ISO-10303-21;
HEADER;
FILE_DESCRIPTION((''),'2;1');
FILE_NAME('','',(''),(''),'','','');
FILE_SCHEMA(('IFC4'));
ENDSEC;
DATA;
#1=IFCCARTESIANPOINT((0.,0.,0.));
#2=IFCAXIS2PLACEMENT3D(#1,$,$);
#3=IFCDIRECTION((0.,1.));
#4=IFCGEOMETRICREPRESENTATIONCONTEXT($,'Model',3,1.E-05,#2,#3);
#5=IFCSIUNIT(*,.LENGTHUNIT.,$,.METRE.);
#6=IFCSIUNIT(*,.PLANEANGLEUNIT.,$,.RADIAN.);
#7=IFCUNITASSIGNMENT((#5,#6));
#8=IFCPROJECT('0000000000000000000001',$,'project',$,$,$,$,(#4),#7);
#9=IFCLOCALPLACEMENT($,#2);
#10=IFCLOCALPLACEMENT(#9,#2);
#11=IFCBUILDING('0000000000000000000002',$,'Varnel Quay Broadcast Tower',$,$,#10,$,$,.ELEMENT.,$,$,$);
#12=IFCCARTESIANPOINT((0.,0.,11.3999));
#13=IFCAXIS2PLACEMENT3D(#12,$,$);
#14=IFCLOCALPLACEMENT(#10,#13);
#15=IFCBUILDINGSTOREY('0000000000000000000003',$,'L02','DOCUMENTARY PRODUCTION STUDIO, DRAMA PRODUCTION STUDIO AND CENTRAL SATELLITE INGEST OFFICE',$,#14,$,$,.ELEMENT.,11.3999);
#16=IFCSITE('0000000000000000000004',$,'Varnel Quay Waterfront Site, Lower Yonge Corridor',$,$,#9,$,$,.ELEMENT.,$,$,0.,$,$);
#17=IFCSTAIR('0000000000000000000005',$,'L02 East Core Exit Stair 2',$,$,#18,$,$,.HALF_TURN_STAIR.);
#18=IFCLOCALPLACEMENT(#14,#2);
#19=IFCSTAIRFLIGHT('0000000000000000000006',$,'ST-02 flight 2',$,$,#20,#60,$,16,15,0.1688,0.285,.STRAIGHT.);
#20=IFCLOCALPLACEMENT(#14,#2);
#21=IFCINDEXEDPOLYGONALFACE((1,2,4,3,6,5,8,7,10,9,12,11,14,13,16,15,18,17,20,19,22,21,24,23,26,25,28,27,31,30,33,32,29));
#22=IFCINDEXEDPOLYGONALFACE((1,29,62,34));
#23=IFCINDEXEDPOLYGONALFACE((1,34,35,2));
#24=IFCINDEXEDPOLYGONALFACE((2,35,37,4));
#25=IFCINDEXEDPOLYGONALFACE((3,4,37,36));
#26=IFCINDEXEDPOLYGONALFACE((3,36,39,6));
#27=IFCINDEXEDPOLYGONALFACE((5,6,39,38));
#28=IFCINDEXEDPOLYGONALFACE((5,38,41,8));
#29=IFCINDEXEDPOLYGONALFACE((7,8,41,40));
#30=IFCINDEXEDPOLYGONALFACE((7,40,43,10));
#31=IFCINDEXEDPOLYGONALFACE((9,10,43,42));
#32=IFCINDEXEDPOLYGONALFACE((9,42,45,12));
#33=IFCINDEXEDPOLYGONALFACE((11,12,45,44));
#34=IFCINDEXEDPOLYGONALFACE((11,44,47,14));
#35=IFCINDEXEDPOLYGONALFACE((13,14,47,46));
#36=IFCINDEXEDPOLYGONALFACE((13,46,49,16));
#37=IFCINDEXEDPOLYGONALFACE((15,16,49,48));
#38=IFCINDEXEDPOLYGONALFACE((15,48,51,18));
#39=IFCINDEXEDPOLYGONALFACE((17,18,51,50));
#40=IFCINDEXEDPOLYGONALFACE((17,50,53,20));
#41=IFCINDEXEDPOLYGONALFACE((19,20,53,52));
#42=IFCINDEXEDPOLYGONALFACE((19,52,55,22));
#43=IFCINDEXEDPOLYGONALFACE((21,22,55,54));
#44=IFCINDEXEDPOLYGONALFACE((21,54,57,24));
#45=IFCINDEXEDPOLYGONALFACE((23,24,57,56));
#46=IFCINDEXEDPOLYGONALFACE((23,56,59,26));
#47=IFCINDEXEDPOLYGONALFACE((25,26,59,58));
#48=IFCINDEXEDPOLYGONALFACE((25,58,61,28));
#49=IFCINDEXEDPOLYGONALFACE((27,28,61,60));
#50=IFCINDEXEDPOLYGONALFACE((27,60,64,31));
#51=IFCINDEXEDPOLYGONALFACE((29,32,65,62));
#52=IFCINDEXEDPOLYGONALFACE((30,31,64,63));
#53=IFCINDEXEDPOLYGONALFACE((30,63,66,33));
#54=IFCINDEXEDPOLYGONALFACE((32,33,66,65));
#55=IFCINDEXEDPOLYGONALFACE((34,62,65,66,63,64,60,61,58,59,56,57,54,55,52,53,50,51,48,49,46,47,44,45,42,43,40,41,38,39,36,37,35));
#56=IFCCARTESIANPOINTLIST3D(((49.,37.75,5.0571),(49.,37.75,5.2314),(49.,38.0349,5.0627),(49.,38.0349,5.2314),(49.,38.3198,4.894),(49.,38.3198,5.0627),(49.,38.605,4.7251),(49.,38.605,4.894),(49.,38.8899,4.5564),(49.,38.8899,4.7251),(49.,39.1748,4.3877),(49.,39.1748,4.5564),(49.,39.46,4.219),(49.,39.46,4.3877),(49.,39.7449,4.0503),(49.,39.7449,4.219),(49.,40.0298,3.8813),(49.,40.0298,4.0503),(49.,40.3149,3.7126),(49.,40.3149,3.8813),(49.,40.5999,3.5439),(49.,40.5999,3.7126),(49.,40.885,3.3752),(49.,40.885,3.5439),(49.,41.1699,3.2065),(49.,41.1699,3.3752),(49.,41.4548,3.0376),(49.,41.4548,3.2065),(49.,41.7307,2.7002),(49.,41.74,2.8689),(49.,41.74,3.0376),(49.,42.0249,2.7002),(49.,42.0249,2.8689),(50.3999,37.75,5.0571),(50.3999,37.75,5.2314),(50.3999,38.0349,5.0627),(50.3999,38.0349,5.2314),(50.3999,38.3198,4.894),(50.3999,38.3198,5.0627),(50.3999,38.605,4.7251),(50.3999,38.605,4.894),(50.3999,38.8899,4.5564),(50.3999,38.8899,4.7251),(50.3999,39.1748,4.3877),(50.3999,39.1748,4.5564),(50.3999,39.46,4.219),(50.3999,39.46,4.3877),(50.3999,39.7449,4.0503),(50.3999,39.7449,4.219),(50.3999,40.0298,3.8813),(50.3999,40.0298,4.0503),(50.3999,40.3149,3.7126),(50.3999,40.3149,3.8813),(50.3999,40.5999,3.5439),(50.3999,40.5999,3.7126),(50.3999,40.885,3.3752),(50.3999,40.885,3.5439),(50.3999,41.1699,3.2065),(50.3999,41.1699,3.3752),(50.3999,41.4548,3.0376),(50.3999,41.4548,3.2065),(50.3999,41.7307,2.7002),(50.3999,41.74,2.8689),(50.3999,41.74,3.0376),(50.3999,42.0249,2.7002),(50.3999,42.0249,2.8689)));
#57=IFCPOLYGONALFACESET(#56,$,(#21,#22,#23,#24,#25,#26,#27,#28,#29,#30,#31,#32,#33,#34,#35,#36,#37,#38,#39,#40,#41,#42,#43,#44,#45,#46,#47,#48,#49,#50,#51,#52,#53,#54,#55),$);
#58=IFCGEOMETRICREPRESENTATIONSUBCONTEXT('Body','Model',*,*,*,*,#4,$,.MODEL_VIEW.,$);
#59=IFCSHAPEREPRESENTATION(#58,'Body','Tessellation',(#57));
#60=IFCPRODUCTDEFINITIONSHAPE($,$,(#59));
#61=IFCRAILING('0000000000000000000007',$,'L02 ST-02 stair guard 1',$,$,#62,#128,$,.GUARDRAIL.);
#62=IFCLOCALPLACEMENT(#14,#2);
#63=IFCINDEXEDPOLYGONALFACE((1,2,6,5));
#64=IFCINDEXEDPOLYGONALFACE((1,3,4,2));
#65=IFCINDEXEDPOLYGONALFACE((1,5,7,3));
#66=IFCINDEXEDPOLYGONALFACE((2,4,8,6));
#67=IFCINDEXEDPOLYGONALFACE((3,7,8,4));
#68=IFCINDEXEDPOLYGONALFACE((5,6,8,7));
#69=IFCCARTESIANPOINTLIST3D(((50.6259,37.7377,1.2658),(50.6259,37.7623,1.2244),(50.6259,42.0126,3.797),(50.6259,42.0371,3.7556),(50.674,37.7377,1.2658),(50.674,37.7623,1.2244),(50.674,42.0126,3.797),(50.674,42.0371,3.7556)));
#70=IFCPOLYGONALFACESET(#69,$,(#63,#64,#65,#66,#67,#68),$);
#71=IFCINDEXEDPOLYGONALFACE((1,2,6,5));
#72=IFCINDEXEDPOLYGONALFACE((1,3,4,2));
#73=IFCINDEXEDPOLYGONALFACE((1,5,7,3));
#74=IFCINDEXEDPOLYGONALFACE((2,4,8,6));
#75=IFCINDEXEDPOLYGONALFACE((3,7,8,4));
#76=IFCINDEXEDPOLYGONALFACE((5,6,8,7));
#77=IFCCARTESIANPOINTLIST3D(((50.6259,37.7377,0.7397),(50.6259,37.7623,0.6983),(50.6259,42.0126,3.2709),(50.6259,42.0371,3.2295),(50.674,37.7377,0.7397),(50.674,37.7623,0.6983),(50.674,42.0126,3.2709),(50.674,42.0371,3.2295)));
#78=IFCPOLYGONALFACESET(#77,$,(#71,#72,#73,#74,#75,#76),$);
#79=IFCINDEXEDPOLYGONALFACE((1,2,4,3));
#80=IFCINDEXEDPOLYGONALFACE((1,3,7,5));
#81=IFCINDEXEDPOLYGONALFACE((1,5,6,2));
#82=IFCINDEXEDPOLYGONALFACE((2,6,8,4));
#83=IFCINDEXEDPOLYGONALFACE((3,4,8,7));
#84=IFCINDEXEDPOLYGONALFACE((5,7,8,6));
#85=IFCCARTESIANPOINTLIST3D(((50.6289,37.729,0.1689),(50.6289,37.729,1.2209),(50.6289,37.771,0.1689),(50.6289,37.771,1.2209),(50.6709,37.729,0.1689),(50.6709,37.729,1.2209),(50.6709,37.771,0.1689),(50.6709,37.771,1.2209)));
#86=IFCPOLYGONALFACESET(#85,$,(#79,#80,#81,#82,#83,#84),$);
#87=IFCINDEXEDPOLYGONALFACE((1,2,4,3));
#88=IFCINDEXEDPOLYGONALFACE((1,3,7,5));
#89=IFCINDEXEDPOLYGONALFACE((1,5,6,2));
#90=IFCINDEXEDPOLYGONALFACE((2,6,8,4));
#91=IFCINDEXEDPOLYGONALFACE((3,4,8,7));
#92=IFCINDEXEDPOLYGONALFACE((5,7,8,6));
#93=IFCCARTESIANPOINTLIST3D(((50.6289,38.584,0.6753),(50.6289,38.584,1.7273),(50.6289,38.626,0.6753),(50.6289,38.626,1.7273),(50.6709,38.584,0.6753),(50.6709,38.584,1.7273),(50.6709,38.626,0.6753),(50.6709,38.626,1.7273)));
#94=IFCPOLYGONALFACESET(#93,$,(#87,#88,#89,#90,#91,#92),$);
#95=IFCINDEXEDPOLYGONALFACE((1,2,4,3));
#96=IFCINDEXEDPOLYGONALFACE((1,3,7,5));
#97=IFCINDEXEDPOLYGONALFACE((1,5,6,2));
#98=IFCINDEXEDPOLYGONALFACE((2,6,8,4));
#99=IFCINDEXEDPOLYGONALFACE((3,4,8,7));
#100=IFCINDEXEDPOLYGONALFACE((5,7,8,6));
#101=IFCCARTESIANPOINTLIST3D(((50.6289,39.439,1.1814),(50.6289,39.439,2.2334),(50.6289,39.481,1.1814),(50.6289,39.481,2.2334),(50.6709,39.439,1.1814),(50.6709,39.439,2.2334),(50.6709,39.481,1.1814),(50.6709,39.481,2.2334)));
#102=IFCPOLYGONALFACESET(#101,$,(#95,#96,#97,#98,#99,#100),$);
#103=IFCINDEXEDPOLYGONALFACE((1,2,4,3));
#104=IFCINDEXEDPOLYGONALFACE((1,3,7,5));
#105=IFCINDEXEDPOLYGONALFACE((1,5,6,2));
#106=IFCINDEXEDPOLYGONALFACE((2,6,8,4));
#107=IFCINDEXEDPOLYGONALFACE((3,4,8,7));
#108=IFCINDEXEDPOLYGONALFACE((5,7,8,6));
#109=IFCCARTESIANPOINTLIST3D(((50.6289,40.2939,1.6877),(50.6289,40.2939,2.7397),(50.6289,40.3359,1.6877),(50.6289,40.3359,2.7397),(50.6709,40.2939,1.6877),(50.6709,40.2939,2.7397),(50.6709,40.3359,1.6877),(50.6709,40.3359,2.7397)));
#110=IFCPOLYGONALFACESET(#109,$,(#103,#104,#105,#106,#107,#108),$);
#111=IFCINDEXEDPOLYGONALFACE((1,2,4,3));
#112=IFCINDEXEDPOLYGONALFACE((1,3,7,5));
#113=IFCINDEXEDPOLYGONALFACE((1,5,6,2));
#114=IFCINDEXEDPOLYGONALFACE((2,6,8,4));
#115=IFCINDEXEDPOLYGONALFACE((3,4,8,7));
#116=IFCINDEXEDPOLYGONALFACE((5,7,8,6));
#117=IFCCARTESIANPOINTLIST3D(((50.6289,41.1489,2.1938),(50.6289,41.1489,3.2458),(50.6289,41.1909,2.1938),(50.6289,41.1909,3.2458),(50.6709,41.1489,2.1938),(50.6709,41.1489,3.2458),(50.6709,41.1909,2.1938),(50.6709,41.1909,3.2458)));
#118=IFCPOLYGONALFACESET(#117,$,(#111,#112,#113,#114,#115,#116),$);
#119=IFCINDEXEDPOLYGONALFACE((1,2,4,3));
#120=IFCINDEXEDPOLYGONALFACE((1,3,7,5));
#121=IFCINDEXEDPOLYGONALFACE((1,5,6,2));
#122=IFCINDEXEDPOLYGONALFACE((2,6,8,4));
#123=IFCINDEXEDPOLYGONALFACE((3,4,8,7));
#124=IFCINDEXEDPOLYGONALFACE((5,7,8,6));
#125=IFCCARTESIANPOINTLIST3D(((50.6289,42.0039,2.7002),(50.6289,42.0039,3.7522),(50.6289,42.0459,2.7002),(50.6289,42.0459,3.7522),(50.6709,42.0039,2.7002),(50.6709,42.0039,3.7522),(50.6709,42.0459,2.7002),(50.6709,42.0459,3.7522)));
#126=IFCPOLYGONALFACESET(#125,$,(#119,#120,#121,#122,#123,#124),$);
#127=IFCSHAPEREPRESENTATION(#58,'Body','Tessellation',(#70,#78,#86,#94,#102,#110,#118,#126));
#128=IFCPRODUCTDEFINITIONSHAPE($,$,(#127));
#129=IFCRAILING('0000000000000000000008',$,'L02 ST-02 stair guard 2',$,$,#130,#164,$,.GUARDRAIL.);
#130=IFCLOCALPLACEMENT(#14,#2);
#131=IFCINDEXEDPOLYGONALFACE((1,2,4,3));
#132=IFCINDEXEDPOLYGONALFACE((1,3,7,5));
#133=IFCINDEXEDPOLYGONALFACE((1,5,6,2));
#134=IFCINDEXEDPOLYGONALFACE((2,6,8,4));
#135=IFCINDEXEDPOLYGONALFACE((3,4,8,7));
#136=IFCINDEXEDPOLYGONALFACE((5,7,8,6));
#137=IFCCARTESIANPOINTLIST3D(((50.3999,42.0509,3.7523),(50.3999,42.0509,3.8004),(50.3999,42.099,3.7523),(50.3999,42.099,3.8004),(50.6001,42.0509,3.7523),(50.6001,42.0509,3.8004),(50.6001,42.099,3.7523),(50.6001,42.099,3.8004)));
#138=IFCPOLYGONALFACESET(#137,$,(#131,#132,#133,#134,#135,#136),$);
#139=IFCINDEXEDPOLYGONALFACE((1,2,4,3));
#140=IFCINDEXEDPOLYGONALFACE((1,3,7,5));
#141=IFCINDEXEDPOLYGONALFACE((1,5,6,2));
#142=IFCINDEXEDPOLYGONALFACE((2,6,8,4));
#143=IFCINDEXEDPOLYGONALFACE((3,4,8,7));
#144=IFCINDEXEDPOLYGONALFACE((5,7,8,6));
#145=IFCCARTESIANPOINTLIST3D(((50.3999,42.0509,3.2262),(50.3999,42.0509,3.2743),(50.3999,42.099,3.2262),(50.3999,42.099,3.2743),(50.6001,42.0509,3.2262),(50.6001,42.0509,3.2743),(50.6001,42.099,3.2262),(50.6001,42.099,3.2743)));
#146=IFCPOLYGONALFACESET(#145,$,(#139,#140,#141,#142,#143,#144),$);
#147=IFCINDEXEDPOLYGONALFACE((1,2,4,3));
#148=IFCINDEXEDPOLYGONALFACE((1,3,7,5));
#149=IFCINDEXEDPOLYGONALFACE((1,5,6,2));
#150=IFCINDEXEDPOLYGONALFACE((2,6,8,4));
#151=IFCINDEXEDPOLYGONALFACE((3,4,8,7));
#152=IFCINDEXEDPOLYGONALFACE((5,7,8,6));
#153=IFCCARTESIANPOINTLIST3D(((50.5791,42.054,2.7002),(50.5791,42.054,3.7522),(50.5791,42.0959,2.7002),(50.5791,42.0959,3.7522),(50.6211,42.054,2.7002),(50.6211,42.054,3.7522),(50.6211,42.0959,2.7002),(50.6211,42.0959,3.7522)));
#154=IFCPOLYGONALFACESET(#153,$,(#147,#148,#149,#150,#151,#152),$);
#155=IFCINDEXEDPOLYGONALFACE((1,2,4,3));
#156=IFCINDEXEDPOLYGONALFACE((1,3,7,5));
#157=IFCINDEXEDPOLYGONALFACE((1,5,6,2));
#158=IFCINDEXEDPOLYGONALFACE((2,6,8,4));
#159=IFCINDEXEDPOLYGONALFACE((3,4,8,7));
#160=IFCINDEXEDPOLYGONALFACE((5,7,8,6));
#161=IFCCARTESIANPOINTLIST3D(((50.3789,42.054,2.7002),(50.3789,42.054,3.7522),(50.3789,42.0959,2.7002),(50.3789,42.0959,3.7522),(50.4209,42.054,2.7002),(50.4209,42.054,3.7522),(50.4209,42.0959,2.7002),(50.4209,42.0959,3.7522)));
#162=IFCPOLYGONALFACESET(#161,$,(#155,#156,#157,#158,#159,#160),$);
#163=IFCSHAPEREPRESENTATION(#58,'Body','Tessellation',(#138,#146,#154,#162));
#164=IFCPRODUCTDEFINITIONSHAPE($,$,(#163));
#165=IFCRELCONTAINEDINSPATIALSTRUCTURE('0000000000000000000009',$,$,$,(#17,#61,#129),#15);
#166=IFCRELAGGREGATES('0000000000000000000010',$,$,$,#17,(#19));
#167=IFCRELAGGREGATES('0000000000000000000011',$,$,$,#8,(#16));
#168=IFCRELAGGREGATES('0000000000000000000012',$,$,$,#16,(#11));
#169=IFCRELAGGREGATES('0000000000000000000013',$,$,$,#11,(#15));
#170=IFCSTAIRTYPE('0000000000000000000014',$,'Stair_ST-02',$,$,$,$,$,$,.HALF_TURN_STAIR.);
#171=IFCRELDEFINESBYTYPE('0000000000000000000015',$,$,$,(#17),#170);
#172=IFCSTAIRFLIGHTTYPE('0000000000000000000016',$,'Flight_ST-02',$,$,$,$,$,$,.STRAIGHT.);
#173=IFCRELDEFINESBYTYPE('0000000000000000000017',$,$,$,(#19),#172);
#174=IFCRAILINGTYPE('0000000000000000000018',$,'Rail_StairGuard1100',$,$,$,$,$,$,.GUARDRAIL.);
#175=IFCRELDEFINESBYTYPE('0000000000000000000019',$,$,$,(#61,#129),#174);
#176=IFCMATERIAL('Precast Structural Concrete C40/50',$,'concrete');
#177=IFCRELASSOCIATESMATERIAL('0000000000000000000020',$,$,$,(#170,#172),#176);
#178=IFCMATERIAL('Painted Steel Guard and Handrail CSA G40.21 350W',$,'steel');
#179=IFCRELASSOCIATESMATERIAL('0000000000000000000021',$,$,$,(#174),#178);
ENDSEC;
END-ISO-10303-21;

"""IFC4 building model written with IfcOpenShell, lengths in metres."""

from ifc_helpers import new_model, si_unit, direction, frame, origin, origin_2d, place, context, subcontext, project, spatial, polyline, rectangle, outline, extrude, material, type_object, element, aggregate, save


model = new_model("IFC4")

# Units and contexts
model_context = context("Model", 3, precision=1e-05, world=origin(), true_north=direction((0.0, 1.0)))
body_context = subcontext(model_context, "Body", "Model", "MODEL_VIEW")
ifc_project = project(units=[si_unit("LENGTHUNIT", "METRE"), si_unit("PLANEANGLEUNIT", "RADIAN")], contexts=[model_context])

# Site, building, storey
site_placement = place(None, origin())
site = spatial("IfcSite", under=ifc_project, at=site_placement, Name="Varnel Quay Waterfront Site, Lower Yonge Corridor", CompositionType="ELEMENT", RefElevation=0.0)
building_placement = place(site_placement, origin())
building = spatial("IfcBuilding", under=site, at=building_placement, Name="Varnel Quay Broadcast Tower", CompositionType="ELEMENT")
storey_placement = place(building_placement, frame((0.0, 0.0, 11.3999)))
storey = spatial("IfcBuildingStorey", under=building, at=storey_placement, Name="L02", Description="DOCUMENTARY PRODUCTION STUDIO, DRAMA PRODUCTION STUDIO AND CENTRAL SATELLITE INGEST OFFICE", CompositionType="ELEMENT", Elevation=11.3999)

# Stair, stair flight
ifc_material_1 = material(Name="Precast Structural Concrete C40/50", Category="concrete")
stair_type = type_object("IfcStairType", Name="Stair_ST-02", PredefinedType="HALF_TURN_STAIR", material=ifc_material_1)
stair_placement = place(storey_placement, origin())
stair = element("IfcStair", 1, at=stair_placement, inside=storey, type_object=stair_type, Name="L02 East Core Exit Stair 2", PredefinedType="HALF_TURN_STAIR")
stair_flight_type = type_object("IfcStairFlightType", Name="Flight_ST-02", PredefinedType="STRAIGHT", material=ifc_material_1)
stair_flight_1_placement = place(storey_placement, frame((49.7, 42.0249, 2.7002), z_axis=(0.0, 0.0, 1.0), x_axis=(0.0, -1.0, 0.0)))
stair_flight_1 = element("IfcStairFlight", 2, at=stair_flight_1_placement, type_object=stair_flight_type, Name="ST-02 flight 2", NumberOfRisers=16, NumberOfTreads=15, PredefinedType="STRAIGHT", RiserHeight=0.1688, TreadLength=0.285, context=body_context, shape_type="SweptSolid", body=[
    extrude(outline(polyline([(0.0, 0.0), (0.0, 0.1687), (0.2849, 0.1687), (0.2849, 0.3374), (0.5701, 0.3374), (0.5701, 0.5063), (0.855, 0.5063), (0.855, 0.675), (1.1399, 0.675), (1.1399, 0.8438), (1.425, 0.8438), (1.425, 1.0125), (1.71, 1.0125), (1.71, 1.1812), (1.9951, 1.1812), (1.9951, 1.3501), (2.28, 1.3501), (2.28, 1.5188), (2.5649, 1.5188), (2.5649, 1.6875), (2.8501, 1.6875), (2.8501, 1.8562), (3.135, 1.8562), (3.135, 2.0249), (3.4199, 2.0249), (3.4199, 2.1938), (3.7051, 2.1938), (3.7051, 2.3625), (3.99, 2.3625), (3.99, 2.5312), (4.2749, 2.5312), (4.2749, 2.7), (4.2749, 2.3569), (0.2942, 0.0), (0.0, 0.0)])), frame((0.0, 0.7, 0.0), z_axis=(0.0, -1.0, 0.0), x_axis=(1.0, 0.0, 0.0)), (0.0, 0.0, 1.0), 1.3999),
])
aggregate(stair, [stair_flight_1])

# Railings
ifc_material_2 = material(Name="Painted Steel Guard and Handrail CSA G40.21 350W", Category="steel")
railing_type_1 = type_object("IfcRailingType", Name="Rail_StairGuard1100", PredefinedType="GUARDRAIL", material=ifc_material_2)
railing_1_placement = place(storey_placement, frame((50.6499, 37.75, 0.1689)))
element("IfcRailing", 3, at=railing_1_placement, inside=storey, type_object=railing_type_1, Name="L02 ST-02 stair guard 1", PredefinedType="GUARDRAIL", context=body_context, shape_type="SweptSolid", body=[
    extrude(rectangle(XDim=0.0481, YDim=0.0481, at=origin_2d()), frame((0.0, 0.0, 1.0762), z_axis=(0.0, 0.86047, 0.509501), x_axis=(-1.0, 0.0, 0.0)), (0.0, 0.0, 1.0), 4.968),
    extrude(rectangle(XDim=0.0481, YDim=0.0481, at=origin_2d()), frame((0.0, 0.0, 0.55), z_axis=(0.0, 0.86047, 0.509501), x_axis=(-1.0, 0.0, 0.0)), (0.0, 0.0, 1.0), 4.968),
    extrude(rectangle(XDim=0.042, YDim=0.042, at=origin_2d()), origin(), (0.0, 0.0, 1.0), 1.052),
    extrude(rectangle(XDim=0.042, YDim=0.042, at=origin_2d()), frame((0.0, 0.855, 0.5063)), (0.0, 0.0, 1.0), 1.052),
    extrude(rectangle(XDim=0.042, YDim=0.042, at=origin_2d()), frame((0.0, 1.71, 1.0125)), (0.0, 0.0, 1.0), 1.052),
    extrude(rectangle(XDim=0.042, YDim=0.042, at=origin_2d()), frame((0.0, 2.5649, 1.5188)), (0.0, 0.0, 1.0), 1.052),
    extrude(rectangle(XDim=0.042, YDim=0.042, at=origin_2d()), frame((0.0, 3.4199, 2.0249)), (0.0, 0.0, 1.0), 1.052),
    extrude(rectangle(XDim=0.042, YDim=0.042, at=origin_2d()), frame((0.0, 4.2749, 2.5312)), (0.0, 0.0, 1.0), 1.052),
])
railing_2_placement = place(storey_placement, frame((50.6001, 42.075, 2.7002)))
element("IfcRailing", 4, at=railing_2_placement, inside=storey, type_object=railing_type_1, Name="L02 ST-02 stair guard 2", PredefinedType="GUARDRAIL", context=body_context, shape_type="SweptSolid", body=[
    extrude(rectangle(XDim=0.0481, YDim=0.0481, at=origin_2d()), frame((0.0, 0.0, 1.0762), z_axis=(-1.0, 0.0, 0.0), x_axis=(0.0, -1.0, 0.0)), (0.0, 0.0, 1.0), 0.2002),
    extrude(rectangle(XDim=0.0481, YDim=0.0481, at=origin_2d()), frame((0.0, 0.0, 0.55), z_axis=(-1.0, 0.0, 0.0), x_axis=(0.0, -1.0, 0.0)), (0.0, 0.0, 1.0), 0.2002),
    extrude(rectangle(XDim=0.042, YDim=0.042, at=origin_2d()), origin(), (0.0, 0.0, 1.0), 1.052),
    extrude(rectangle(XDim=0.042, YDim=0.042, at=origin_2d()), frame((-0.2002, 0.0, 0.0)), (0.0, 0.0, 1.0), 1.052),
])

save(model, "model.ifc")
